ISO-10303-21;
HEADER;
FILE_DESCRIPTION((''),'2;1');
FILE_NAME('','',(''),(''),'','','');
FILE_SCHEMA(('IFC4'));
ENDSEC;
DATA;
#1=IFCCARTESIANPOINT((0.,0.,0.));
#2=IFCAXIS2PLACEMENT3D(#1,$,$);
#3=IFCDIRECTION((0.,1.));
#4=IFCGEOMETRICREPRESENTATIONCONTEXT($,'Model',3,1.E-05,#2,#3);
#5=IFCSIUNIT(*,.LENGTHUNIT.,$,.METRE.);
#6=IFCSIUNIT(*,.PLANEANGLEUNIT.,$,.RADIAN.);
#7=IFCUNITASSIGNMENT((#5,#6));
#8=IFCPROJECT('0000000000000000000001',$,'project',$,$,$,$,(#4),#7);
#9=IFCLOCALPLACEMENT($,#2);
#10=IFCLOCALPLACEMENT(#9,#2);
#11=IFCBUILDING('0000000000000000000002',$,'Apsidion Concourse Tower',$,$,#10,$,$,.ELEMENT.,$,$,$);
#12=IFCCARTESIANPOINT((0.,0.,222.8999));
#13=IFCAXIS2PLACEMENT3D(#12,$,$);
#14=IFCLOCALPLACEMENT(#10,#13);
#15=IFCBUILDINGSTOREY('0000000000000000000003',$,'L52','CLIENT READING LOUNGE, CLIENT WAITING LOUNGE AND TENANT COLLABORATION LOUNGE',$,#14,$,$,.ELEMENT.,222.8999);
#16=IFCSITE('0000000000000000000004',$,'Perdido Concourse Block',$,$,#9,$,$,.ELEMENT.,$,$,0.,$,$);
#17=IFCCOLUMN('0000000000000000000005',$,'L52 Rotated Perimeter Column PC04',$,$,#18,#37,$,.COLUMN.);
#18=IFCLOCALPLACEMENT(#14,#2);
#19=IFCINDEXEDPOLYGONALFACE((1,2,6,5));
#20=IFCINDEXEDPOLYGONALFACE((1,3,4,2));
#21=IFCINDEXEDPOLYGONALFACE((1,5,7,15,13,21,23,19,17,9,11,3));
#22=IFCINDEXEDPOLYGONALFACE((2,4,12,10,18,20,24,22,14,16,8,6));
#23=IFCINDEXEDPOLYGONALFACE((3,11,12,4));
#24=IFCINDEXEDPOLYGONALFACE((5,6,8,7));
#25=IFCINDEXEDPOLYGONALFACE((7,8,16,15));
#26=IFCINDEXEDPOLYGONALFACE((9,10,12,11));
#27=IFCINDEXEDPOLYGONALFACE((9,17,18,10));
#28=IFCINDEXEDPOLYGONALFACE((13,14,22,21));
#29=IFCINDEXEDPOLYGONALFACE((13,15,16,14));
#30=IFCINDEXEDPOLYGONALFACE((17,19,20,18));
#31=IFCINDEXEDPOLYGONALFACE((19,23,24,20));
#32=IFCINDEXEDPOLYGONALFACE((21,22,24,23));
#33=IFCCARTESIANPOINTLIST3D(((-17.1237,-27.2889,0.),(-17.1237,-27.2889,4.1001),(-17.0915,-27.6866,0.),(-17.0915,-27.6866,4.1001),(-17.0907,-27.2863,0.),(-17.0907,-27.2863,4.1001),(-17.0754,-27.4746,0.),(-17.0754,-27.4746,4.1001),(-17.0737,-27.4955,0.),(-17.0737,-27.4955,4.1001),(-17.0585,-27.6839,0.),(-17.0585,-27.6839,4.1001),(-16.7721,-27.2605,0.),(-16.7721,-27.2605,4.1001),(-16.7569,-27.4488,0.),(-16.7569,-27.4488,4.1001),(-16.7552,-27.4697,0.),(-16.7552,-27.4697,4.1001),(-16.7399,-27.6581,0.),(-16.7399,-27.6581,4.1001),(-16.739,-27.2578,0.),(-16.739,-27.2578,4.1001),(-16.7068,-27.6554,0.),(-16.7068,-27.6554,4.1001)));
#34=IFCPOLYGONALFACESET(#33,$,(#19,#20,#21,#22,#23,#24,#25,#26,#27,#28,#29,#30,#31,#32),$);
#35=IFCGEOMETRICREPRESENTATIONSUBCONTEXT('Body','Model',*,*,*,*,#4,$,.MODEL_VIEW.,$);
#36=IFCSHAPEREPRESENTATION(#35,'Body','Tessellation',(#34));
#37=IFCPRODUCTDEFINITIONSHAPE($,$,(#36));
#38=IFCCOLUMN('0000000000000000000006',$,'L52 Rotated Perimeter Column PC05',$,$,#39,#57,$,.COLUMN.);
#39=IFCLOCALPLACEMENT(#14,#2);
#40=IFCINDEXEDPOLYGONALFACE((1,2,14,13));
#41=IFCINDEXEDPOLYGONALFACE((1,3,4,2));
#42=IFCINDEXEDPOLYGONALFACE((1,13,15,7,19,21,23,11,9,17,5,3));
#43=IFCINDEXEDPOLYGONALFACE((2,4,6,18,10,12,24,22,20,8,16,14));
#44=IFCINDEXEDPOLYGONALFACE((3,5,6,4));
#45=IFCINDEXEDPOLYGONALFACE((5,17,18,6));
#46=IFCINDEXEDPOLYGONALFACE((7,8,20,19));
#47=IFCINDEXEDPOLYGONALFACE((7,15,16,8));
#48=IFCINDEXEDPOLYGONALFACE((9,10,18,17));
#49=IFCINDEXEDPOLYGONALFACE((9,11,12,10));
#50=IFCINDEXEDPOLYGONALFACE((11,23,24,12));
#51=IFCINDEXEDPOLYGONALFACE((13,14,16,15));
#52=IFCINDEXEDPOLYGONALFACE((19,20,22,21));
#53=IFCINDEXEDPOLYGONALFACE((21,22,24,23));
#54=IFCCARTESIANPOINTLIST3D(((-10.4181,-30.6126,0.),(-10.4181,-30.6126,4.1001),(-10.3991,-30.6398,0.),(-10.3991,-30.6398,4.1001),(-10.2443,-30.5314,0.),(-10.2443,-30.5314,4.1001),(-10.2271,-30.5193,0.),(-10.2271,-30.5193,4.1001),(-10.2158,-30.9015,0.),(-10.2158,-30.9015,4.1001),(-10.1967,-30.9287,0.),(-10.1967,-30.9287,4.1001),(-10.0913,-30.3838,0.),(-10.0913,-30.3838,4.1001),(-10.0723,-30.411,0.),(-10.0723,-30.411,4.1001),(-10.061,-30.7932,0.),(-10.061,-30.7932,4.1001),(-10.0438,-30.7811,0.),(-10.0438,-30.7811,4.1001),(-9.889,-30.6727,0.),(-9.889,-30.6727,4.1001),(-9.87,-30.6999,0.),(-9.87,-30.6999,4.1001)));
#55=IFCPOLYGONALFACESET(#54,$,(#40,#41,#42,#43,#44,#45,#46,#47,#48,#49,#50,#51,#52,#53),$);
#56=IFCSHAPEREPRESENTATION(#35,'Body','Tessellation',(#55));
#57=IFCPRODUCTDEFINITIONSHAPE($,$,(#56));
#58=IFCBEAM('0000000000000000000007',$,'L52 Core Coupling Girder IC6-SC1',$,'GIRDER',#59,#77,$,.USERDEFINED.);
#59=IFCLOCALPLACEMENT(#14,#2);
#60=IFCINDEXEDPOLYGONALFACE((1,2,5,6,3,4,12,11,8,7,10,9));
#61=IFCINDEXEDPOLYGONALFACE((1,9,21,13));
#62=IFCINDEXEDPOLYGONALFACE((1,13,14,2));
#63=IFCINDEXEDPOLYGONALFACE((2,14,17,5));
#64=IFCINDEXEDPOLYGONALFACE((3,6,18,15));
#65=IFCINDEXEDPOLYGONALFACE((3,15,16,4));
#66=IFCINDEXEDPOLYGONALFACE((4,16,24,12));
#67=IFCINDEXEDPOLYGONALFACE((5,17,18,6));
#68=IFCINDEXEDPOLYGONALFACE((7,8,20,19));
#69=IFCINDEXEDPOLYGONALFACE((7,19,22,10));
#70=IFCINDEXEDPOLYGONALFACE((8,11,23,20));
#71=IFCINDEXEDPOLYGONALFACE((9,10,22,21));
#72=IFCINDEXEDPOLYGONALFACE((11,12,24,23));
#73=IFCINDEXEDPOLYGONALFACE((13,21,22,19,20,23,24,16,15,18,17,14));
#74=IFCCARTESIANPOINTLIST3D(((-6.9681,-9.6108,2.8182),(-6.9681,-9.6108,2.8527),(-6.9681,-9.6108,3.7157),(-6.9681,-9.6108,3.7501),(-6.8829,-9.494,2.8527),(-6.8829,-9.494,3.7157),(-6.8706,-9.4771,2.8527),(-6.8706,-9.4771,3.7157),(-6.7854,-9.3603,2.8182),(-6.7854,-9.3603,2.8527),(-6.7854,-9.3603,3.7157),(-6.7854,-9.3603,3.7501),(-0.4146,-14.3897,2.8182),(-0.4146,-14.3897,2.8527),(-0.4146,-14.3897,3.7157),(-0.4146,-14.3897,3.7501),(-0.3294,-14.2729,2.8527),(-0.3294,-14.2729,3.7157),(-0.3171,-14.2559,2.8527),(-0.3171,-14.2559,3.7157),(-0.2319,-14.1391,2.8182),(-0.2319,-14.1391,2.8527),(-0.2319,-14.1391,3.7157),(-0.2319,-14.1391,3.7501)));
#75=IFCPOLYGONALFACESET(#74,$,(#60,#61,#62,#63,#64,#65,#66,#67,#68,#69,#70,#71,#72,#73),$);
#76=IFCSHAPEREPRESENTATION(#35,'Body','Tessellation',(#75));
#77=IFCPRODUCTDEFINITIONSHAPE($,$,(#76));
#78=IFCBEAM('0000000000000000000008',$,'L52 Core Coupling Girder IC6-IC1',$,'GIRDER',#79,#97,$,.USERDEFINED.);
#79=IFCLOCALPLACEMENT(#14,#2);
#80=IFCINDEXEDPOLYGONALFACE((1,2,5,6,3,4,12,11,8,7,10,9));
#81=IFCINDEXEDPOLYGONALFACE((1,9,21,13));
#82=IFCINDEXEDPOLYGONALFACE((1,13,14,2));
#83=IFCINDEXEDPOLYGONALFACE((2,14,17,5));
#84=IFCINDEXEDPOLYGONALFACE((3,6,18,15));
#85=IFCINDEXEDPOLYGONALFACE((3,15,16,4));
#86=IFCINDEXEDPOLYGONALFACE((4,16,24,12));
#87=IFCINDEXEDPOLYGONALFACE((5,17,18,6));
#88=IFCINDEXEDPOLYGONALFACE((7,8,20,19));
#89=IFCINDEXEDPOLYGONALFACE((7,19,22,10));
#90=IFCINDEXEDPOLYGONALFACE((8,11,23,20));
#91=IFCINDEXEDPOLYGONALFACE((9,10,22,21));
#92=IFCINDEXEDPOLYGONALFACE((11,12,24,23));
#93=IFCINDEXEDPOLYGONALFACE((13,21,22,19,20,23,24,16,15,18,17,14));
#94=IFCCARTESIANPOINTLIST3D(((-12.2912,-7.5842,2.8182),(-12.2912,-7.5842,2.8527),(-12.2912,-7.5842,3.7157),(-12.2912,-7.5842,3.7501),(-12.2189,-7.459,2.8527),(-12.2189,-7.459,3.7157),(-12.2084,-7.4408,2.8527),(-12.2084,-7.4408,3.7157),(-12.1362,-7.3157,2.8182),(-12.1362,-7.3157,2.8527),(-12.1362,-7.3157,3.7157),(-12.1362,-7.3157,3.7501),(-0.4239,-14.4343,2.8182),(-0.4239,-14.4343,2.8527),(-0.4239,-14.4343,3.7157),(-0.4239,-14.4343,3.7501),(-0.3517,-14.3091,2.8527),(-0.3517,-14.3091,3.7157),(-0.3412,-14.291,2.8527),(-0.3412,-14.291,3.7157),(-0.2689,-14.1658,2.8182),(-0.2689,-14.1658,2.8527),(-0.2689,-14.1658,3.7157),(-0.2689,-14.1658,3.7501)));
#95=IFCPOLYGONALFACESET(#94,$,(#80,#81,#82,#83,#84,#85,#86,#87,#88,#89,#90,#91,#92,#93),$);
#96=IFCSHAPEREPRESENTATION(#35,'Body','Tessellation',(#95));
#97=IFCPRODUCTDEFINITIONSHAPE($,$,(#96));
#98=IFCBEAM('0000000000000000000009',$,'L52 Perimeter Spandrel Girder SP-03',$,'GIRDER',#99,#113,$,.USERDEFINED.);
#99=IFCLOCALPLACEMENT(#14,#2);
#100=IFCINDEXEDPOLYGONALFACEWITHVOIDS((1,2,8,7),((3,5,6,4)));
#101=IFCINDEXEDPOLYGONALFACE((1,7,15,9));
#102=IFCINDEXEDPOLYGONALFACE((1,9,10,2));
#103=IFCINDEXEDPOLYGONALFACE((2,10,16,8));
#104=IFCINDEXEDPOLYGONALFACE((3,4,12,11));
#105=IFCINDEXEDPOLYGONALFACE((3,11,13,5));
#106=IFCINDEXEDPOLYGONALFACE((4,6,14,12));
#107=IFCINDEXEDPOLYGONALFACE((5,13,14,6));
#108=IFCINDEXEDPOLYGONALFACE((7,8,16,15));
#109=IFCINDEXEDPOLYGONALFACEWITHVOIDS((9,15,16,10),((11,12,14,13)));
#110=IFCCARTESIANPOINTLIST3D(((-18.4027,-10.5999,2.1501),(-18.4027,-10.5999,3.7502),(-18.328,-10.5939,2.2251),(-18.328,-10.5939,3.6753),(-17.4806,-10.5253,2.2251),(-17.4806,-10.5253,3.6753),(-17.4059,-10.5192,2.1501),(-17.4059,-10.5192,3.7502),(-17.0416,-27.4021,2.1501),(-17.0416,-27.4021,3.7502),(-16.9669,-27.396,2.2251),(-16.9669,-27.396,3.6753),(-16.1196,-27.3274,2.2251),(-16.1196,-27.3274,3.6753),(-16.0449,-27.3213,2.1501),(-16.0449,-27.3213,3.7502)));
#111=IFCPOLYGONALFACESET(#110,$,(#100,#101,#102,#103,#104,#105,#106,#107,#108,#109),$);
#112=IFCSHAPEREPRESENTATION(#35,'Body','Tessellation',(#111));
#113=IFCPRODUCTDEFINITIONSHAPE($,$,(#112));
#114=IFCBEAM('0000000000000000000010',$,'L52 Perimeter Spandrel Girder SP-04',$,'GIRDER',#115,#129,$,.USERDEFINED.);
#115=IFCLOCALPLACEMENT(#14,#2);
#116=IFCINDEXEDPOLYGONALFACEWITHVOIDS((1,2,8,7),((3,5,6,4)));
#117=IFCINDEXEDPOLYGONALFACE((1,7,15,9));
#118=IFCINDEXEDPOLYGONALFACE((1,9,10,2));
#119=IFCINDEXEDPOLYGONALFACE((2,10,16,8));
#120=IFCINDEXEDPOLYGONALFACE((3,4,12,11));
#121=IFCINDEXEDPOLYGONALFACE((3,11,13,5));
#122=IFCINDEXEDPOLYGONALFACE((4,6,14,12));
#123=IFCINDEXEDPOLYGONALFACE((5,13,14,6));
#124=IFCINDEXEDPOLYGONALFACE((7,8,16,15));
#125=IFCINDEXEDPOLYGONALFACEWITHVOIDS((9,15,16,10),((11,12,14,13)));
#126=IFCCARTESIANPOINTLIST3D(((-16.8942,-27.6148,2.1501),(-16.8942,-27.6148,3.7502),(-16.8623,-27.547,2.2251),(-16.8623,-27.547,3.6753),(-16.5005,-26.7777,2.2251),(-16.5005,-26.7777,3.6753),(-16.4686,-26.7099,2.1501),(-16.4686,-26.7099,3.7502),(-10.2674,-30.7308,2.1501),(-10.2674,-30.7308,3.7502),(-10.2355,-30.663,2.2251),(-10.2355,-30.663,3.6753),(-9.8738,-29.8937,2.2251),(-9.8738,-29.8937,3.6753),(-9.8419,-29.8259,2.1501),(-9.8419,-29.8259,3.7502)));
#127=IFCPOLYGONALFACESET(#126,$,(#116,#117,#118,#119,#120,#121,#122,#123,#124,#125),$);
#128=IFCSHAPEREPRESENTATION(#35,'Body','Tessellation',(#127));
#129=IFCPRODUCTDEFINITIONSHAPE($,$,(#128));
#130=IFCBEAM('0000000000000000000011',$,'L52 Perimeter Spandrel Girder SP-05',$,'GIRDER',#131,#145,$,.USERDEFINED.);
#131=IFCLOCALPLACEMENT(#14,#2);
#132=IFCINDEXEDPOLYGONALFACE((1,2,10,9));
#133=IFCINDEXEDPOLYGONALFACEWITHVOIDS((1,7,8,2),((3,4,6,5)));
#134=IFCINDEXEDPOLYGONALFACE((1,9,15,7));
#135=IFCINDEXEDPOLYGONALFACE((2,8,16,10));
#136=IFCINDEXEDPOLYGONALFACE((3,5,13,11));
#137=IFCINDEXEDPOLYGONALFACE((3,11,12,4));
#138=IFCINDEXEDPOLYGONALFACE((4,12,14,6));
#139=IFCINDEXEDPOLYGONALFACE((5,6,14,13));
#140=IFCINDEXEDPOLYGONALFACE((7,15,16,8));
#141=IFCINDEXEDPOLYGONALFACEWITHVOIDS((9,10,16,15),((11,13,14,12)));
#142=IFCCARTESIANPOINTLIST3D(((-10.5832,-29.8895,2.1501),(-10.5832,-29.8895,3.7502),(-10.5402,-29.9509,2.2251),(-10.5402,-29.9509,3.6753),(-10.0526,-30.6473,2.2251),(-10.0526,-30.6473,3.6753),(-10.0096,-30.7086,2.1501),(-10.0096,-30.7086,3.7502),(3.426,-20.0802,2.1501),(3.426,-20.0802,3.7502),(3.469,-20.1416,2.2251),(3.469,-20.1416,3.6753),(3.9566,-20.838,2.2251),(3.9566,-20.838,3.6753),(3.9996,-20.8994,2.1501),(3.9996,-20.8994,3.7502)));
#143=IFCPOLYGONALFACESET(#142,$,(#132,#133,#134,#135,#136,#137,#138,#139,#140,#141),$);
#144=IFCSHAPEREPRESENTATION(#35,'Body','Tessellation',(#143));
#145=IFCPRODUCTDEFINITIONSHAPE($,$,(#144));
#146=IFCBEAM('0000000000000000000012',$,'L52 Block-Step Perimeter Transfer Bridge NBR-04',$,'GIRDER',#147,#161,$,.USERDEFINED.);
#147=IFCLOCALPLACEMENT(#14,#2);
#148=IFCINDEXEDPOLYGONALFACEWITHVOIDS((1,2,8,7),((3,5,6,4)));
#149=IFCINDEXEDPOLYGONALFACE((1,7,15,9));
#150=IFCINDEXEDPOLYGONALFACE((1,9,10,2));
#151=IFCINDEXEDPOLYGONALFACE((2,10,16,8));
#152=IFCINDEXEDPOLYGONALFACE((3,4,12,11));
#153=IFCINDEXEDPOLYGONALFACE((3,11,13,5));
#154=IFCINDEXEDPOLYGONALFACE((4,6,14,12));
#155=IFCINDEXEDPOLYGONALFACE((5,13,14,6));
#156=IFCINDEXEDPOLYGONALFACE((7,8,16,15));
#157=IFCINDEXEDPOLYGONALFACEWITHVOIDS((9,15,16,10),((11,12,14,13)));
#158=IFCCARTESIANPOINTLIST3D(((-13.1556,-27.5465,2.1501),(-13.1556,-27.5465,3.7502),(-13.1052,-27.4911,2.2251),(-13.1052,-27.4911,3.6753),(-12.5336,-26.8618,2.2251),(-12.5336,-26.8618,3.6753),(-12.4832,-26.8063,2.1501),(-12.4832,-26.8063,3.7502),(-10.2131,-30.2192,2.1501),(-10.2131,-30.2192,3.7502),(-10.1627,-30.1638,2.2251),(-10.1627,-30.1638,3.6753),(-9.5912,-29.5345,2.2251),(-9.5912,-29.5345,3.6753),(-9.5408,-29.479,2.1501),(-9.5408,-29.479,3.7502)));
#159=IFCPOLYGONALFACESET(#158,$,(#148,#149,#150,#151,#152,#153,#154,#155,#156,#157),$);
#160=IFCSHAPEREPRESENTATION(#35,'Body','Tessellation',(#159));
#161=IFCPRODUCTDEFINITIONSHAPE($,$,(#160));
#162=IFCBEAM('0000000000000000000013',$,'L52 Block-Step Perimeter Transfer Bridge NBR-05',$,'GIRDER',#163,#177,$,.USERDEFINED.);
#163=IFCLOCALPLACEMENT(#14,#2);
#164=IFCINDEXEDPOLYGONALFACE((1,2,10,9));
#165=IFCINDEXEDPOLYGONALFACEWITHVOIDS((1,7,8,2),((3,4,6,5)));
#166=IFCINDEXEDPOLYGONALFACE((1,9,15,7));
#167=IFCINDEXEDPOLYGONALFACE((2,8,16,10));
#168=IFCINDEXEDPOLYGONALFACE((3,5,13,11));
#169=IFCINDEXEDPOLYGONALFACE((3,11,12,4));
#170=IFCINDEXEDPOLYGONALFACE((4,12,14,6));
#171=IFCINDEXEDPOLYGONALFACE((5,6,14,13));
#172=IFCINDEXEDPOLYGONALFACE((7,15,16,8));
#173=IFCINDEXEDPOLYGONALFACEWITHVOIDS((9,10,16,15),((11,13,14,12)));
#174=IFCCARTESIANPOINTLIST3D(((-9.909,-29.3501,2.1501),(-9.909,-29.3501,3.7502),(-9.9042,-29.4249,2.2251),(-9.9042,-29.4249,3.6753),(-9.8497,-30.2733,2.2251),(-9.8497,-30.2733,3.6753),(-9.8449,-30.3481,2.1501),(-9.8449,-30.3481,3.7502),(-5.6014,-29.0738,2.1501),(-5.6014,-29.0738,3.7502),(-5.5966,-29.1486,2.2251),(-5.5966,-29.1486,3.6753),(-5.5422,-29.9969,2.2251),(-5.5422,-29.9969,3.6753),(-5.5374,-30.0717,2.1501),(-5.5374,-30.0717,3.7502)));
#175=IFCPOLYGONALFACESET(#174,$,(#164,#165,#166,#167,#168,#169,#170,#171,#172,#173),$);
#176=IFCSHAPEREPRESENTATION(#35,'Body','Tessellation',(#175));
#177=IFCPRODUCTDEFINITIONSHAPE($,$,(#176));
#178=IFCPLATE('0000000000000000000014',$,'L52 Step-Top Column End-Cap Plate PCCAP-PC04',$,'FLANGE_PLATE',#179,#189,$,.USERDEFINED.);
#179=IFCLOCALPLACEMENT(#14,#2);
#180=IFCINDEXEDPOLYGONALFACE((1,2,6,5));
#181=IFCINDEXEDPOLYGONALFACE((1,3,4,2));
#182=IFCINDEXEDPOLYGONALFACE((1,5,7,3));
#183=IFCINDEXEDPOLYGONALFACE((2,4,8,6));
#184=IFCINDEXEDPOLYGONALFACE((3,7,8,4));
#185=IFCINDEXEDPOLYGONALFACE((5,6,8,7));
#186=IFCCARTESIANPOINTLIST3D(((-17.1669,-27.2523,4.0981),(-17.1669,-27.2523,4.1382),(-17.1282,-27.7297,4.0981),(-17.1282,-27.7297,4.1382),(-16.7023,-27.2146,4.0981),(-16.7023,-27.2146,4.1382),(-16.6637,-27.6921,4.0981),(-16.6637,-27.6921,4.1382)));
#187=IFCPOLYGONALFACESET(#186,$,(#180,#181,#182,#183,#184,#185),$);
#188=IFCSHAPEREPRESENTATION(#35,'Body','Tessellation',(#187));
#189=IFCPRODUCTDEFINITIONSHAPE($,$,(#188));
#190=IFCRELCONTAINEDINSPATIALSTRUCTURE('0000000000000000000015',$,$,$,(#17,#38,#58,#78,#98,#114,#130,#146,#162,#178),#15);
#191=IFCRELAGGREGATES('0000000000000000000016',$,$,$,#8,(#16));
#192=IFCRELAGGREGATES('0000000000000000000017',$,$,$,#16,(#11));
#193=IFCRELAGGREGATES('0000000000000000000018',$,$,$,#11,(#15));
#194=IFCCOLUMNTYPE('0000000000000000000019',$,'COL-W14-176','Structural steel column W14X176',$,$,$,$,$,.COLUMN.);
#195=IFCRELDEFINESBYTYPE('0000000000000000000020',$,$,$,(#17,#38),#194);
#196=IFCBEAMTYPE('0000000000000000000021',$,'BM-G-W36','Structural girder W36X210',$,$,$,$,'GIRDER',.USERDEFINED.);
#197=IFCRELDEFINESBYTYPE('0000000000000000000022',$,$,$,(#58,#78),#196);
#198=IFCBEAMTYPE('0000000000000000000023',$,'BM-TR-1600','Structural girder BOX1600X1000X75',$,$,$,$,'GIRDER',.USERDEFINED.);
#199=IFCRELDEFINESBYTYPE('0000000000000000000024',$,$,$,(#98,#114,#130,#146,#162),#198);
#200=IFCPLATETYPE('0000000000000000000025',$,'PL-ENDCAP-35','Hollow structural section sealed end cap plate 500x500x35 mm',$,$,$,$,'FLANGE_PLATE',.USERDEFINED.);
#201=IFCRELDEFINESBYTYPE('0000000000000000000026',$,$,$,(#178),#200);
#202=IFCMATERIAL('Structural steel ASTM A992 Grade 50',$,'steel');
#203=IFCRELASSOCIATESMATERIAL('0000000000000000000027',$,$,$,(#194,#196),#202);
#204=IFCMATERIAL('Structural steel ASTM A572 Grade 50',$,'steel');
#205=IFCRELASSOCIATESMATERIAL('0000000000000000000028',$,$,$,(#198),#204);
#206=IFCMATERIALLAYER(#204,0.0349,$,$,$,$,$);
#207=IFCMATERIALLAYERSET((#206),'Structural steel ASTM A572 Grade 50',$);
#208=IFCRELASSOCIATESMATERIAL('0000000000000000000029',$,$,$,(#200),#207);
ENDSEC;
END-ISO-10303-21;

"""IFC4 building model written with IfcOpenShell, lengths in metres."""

from ifc_helpers import new_model, si_unit, direction, frame, origin, origin_2d, place, context, subcontext, project, spatial, rectangle, hollow_rectangle, i_section, extrude, material, layer, layer_set, material_profile, profile_set, type_object, element, save


model = new_model("IFC4")

# Units and contexts
model_context = context("Model", 3, precision=1e-05, world=origin(), true_north=direction((0.0, 1.0)))
body_context = subcontext(model_context, "Body", "Model", "MODEL_VIEW")
ifc_project = project(units=[si_unit("LENGTHUNIT", "METRE"), si_unit("PLANEANGLEUNIT", "RADIAN")], contexts=[model_context])

# Site, building, storey
site_placement = place(None, origin())
site = spatial("IfcSite", under=ifc_project, at=site_placement, Name="Perdido Concourse Block", CompositionType="ELEMENT", RefElevation=0.0)
building_placement = place(site_placement, origin())
building = spatial("IfcBuilding", under=site, at=building_placement, Name="Apsidion Concourse Tower", CompositionType="ELEMENT")
storey_placement = place(building_placement, frame((0.0, 0.0, 222.8999)))
storey = spatial("IfcBuildingStorey", under=building, at=storey_placement, Name="L52", Description="CLIENT READING LOUNGE, CLIENT WAITING LOUNGE AND TENANT COLLABORATION LOUNGE", CompositionType="ELEMENT", Elevation=222.8999)

# Columns
ifc_material_1 = material(Name="Structural steel ASTM A992 Grade 50", Category="steel")
ifc_material_profile_1 = material_profile(ifc_material_1, i_section(OverallWidth=0.3989, OverallDepth=0.386, WebThickness=0.021, FlangeThickness=0.0332, at=origin_2d()), Name="W14X176")
ifc_profile_set_1 = profile_set([ifc_material_profile_1], Name="Structural steel ASTM A992 Grade 50")
column_type = type_object("IfcColumnType", Name="COL-W14-176", Description="Structural steel column W14X176", PredefinedType="COLUMN", material=ifc_profile_set_1)
for number, where, z_axis, x_axis, name in (
    (1, (-16.9153, -27.4722, 0.0), (0.0, 0.0, 1.0), (-0.080721, 0.996737, 0.0), "L52 Rotated Perimeter Column PC04"),
    (2, (-10.144, -30.6562, 0.0), (0.0, 0.0, 1.0), (0.819152, 0.573576, 0.0), "L52 Rotated Perimeter Column PC05"),
):
    element("IfcColumn", number, at=place(storey_placement, frame(where, z_axis=z_axis, x_axis=x_axis)), inside=storey, type_object=column_type, Name=name, PredefinedType="COLUMN", context=body_context, shape_type="SweptSolid", body=[
        extrude(i_section(OverallWidth=0.3989, OverallDepth=0.386, WebThickness=0.021, FlangeThickness=0.0332, at=origin_2d()), origin(), (0.0, 0.0, 1.0), 4.1001),
    ])

# Beams
ifc_material_profile_2 = material_profile(ifc_material_1, i_section(OverallWidth=0.3101, OverallDepth=0.9319, WebThickness=0.021, FlangeThickness=0.0344, at=origin_2d()), Name="W36X210")
ifc_profile_set_2 = profile_set([ifc_material_profile_2], Name="Structural steel ASTM A992 Grade 50")
beam_type_1 = type_object("IfcBeamType", Name="BM-G-W36", Description="Structural girder W36X210", ElementType="GIRDER", PredefinedType="USERDEFINED", material=ifc_profile_set_2)
beam_1_placement = place(storey_placement, frame((-0.3232, -14.2644, 3.2842), z_axis=(-0.807993, 0.589191, 0.0), x_axis=(-0.589191, -0.807993, 0.0)))
element("IfcBeam", 3, at=beam_1_placement, inside=storey, type_object=beam_type_1, Name="L52 Core Coupling Girder IC6-SC1", ObjectType="GIRDER", PredefinedType="USERDEFINED", context=body_context, shape_type="SweptSolid", body=[
    extrude(i_section(OverallWidth=0.3101, OverallDepth=0.9319, WebThickness=0.021, FlangeThickness=0.0344, at=origin_2d()), origin(), (0.0, 0.0, 1.0), 8.1108),
])
beam_2_placement = place(storey_placement, frame((-0.3464, -14.3, 3.2842), z_axis=(-0.86607, 0.499922, 0.0), x_axis=(-0.499922, -0.86607, 0.0)))
element("IfcBeam", 4, at=beam_2_placement, inside=storey, type_object=beam_type_1, Name="L52 Core Coupling Girder IC6-IC1", ObjectType="GIRDER", PredefinedType="USERDEFINED", context=body_context, shape_type="SweptSolid", body=[
    extrude(i_section(OverallWidth=0.3101, OverallDepth=0.9319, WebThickness=0.021, FlangeThickness=0.0344, at=origin_2d()), origin(), (0.0, 0.0, 1.0), 13.7024),
])
ifc_material_2 = material(Name="Structural steel ASTM A572 Grade 50", Category="steel")
ifc_material_profile_3 = material_profile(ifc_material_2, hollow_rectangle(XDim=1.0, YDim=1.6001, WallThickness=0.075, at=origin_2d()), Name="BOX1600X1000X75")
ifc_profile_set_3 = profile_set([ifc_material_profile_3], Name="Structural steel ASTM A572 Grade 50")
beam_type_2 = type_object("IfcBeamType", Name="BM-TR-1600", Description="Structural girder BOX1600X1000X75", ElementType="GIRDER", PredefinedType="USERDEFINED", material=ifc_profile_set_3)
beam_3_placement = place(storey_placement, frame((-17.9043, -10.5596, 2.9502), z_axis=(0.080742, -0.996735, 0.0), x_axis=(0.996735, 0.080742, 0.0)))
element("IfcBeam", 5, at=beam_3_placement, inside=storey, type_object=beam_type_2, Name="L52 Perimeter Spandrel Girder SP-03", ObjectType="GIRDER", PredefinedType="USERDEFINED", context=body_context, shape_type="SweptSolid", body=[
    extrude(hollow_rectangle(XDim=1.0, YDim=1.6001, WallThickness=0.075, at=origin_2d()), origin(), (0.0, 0.0, 1.0), 16.8572),
])
beam_4_placement = place(storey_placement, frame((-16.6814, -27.1624, 2.9502), z_axis=(0.904949, -0.425519, 0.0), x_axis=(0.425519, 0.904949, 0.0)))
element("IfcBeam", 6, at=beam_4_placement, inside=storey, type_object=beam_type_2, Name="L52 Perimeter Spandrel Girder SP-04", ObjectType="GIRDER", PredefinedType="USERDEFINED", context=body_context, shape_type="SweptSolid", body=[
    extrude(hollow_rectangle(XDim=1.0, YDim=1.6001, WallThickness=0.075, at=origin_2d()), origin(), (0.0, 0.0, 1.0), 7.3228),
])
beam_5_placement = place(storey_placement, frame((-10.2964, -30.2991, 2.9502), z_axis=(0.819154, 0.573573, 0.0), x_axis=(-0.573573, 0.819154, 0.0)))
element("IfcBeam", 7, at=beam_5_placement, inside=storey, type_object=beam_type_2, Name="L52 Perimeter Spandrel Girder SP-05", ObjectType="GIRDER", PredefinedType="USERDEFINED", context=body_context, shape_type="SweptSolid", body=[
    extrude(hollow_rectangle(XDim=1.0, YDim=1.6001, WallThickness=0.075, at=origin_2d()), origin(), (0.0, 0.0, 1.0), 17.1021),
])
beam_6_placement = place(storey_placement, frame((-9.877, -29.8491, 2.9502), z_axis=(-0.740226, 0.672358, 0.0), x_axis=(-0.672358, -0.740226, 0.0)))
element("IfcBeam", 8, at=beam_6_placement, inside=storey, type_object=beam_type_2, Name="L52 Block-Step Perimeter Transfer Bridge NBR-04", ObjectType="GIRDER", PredefinedType="USERDEFINED", context=body_context, shape_type="SweptSolid", body=[
    extrude(hollow_rectangle(XDim=1.0, YDim=1.6001, WallThickness=0.075, at=origin_2d()), origin(), (0.0, 0.0, 1.0), 3.9751),
])
beam_7_placement = place(storey_placement, frame((-9.877, -29.8491, 2.9502), z_axis=(0.997948, 0.064026, 0.0), x_axis=(-0.064026, 0.997948, 0.0)))
element("IfcBeam", 9, at=beam_7_placement, inside=storey, type_object=beam_type_2, Name="L52 Block-Step Perimeter Transfer Bridge NBR-05", ObjectType="GIRDER", PredefinedType="USERDEFINED", context=body_context, shape_type="SweptSolid", body=[
    extrude(hollow_rectangle(XDim=1.0, YDim=1.6001, WallThickness=0.075, at=origin_2d()), origin(), (0.0, 0.0, 1.0), 4.3164),
])

# Plate
ifc_layer_1 = layer(ifc_material_2, 0.0349)
ifc_layer_set_1 = layer_set([ifc_layer_1], Name="Structural steel ASTM A572 Grade 50")
plate_type = type_object("IfcPlateType", Name="PL-ENDCAP-35", Description="Hollow structural section sealed end cap plate 500x500x35 mm", ElementType="FLANGE_PLATE", PredefinedType="USERDEFINED", material=ifc_layer_set_1)
for number, where, z_axis, x_axis, name in (
    (10, (-16.9153, -27.4722, 4.0981), (0.0, 0.0, 1.0), (-0.080721, 0.996737, 0.0), "L52 Step-Top Column End-Cap Plate PCCAP-PC04"),
):
    element("IfcPlate", number, at=place(storey_placement, frame(where, z_axis=z_axis, x_axis=x_axis)), inside=storey, type_object=plate_type, Name=name, ObjectType="FLANGE_PLATE", PredefinedType="USERDEFINED", context=body_context, shape_type="SweptSolid", body=[
        extrude(rectangle(XDim=0.479, YDim=0.4661, at=origin_2d()), origin(), (0.0, 0.0, 1.0), 0.04),
    ])

save(model, "model.ifc")
